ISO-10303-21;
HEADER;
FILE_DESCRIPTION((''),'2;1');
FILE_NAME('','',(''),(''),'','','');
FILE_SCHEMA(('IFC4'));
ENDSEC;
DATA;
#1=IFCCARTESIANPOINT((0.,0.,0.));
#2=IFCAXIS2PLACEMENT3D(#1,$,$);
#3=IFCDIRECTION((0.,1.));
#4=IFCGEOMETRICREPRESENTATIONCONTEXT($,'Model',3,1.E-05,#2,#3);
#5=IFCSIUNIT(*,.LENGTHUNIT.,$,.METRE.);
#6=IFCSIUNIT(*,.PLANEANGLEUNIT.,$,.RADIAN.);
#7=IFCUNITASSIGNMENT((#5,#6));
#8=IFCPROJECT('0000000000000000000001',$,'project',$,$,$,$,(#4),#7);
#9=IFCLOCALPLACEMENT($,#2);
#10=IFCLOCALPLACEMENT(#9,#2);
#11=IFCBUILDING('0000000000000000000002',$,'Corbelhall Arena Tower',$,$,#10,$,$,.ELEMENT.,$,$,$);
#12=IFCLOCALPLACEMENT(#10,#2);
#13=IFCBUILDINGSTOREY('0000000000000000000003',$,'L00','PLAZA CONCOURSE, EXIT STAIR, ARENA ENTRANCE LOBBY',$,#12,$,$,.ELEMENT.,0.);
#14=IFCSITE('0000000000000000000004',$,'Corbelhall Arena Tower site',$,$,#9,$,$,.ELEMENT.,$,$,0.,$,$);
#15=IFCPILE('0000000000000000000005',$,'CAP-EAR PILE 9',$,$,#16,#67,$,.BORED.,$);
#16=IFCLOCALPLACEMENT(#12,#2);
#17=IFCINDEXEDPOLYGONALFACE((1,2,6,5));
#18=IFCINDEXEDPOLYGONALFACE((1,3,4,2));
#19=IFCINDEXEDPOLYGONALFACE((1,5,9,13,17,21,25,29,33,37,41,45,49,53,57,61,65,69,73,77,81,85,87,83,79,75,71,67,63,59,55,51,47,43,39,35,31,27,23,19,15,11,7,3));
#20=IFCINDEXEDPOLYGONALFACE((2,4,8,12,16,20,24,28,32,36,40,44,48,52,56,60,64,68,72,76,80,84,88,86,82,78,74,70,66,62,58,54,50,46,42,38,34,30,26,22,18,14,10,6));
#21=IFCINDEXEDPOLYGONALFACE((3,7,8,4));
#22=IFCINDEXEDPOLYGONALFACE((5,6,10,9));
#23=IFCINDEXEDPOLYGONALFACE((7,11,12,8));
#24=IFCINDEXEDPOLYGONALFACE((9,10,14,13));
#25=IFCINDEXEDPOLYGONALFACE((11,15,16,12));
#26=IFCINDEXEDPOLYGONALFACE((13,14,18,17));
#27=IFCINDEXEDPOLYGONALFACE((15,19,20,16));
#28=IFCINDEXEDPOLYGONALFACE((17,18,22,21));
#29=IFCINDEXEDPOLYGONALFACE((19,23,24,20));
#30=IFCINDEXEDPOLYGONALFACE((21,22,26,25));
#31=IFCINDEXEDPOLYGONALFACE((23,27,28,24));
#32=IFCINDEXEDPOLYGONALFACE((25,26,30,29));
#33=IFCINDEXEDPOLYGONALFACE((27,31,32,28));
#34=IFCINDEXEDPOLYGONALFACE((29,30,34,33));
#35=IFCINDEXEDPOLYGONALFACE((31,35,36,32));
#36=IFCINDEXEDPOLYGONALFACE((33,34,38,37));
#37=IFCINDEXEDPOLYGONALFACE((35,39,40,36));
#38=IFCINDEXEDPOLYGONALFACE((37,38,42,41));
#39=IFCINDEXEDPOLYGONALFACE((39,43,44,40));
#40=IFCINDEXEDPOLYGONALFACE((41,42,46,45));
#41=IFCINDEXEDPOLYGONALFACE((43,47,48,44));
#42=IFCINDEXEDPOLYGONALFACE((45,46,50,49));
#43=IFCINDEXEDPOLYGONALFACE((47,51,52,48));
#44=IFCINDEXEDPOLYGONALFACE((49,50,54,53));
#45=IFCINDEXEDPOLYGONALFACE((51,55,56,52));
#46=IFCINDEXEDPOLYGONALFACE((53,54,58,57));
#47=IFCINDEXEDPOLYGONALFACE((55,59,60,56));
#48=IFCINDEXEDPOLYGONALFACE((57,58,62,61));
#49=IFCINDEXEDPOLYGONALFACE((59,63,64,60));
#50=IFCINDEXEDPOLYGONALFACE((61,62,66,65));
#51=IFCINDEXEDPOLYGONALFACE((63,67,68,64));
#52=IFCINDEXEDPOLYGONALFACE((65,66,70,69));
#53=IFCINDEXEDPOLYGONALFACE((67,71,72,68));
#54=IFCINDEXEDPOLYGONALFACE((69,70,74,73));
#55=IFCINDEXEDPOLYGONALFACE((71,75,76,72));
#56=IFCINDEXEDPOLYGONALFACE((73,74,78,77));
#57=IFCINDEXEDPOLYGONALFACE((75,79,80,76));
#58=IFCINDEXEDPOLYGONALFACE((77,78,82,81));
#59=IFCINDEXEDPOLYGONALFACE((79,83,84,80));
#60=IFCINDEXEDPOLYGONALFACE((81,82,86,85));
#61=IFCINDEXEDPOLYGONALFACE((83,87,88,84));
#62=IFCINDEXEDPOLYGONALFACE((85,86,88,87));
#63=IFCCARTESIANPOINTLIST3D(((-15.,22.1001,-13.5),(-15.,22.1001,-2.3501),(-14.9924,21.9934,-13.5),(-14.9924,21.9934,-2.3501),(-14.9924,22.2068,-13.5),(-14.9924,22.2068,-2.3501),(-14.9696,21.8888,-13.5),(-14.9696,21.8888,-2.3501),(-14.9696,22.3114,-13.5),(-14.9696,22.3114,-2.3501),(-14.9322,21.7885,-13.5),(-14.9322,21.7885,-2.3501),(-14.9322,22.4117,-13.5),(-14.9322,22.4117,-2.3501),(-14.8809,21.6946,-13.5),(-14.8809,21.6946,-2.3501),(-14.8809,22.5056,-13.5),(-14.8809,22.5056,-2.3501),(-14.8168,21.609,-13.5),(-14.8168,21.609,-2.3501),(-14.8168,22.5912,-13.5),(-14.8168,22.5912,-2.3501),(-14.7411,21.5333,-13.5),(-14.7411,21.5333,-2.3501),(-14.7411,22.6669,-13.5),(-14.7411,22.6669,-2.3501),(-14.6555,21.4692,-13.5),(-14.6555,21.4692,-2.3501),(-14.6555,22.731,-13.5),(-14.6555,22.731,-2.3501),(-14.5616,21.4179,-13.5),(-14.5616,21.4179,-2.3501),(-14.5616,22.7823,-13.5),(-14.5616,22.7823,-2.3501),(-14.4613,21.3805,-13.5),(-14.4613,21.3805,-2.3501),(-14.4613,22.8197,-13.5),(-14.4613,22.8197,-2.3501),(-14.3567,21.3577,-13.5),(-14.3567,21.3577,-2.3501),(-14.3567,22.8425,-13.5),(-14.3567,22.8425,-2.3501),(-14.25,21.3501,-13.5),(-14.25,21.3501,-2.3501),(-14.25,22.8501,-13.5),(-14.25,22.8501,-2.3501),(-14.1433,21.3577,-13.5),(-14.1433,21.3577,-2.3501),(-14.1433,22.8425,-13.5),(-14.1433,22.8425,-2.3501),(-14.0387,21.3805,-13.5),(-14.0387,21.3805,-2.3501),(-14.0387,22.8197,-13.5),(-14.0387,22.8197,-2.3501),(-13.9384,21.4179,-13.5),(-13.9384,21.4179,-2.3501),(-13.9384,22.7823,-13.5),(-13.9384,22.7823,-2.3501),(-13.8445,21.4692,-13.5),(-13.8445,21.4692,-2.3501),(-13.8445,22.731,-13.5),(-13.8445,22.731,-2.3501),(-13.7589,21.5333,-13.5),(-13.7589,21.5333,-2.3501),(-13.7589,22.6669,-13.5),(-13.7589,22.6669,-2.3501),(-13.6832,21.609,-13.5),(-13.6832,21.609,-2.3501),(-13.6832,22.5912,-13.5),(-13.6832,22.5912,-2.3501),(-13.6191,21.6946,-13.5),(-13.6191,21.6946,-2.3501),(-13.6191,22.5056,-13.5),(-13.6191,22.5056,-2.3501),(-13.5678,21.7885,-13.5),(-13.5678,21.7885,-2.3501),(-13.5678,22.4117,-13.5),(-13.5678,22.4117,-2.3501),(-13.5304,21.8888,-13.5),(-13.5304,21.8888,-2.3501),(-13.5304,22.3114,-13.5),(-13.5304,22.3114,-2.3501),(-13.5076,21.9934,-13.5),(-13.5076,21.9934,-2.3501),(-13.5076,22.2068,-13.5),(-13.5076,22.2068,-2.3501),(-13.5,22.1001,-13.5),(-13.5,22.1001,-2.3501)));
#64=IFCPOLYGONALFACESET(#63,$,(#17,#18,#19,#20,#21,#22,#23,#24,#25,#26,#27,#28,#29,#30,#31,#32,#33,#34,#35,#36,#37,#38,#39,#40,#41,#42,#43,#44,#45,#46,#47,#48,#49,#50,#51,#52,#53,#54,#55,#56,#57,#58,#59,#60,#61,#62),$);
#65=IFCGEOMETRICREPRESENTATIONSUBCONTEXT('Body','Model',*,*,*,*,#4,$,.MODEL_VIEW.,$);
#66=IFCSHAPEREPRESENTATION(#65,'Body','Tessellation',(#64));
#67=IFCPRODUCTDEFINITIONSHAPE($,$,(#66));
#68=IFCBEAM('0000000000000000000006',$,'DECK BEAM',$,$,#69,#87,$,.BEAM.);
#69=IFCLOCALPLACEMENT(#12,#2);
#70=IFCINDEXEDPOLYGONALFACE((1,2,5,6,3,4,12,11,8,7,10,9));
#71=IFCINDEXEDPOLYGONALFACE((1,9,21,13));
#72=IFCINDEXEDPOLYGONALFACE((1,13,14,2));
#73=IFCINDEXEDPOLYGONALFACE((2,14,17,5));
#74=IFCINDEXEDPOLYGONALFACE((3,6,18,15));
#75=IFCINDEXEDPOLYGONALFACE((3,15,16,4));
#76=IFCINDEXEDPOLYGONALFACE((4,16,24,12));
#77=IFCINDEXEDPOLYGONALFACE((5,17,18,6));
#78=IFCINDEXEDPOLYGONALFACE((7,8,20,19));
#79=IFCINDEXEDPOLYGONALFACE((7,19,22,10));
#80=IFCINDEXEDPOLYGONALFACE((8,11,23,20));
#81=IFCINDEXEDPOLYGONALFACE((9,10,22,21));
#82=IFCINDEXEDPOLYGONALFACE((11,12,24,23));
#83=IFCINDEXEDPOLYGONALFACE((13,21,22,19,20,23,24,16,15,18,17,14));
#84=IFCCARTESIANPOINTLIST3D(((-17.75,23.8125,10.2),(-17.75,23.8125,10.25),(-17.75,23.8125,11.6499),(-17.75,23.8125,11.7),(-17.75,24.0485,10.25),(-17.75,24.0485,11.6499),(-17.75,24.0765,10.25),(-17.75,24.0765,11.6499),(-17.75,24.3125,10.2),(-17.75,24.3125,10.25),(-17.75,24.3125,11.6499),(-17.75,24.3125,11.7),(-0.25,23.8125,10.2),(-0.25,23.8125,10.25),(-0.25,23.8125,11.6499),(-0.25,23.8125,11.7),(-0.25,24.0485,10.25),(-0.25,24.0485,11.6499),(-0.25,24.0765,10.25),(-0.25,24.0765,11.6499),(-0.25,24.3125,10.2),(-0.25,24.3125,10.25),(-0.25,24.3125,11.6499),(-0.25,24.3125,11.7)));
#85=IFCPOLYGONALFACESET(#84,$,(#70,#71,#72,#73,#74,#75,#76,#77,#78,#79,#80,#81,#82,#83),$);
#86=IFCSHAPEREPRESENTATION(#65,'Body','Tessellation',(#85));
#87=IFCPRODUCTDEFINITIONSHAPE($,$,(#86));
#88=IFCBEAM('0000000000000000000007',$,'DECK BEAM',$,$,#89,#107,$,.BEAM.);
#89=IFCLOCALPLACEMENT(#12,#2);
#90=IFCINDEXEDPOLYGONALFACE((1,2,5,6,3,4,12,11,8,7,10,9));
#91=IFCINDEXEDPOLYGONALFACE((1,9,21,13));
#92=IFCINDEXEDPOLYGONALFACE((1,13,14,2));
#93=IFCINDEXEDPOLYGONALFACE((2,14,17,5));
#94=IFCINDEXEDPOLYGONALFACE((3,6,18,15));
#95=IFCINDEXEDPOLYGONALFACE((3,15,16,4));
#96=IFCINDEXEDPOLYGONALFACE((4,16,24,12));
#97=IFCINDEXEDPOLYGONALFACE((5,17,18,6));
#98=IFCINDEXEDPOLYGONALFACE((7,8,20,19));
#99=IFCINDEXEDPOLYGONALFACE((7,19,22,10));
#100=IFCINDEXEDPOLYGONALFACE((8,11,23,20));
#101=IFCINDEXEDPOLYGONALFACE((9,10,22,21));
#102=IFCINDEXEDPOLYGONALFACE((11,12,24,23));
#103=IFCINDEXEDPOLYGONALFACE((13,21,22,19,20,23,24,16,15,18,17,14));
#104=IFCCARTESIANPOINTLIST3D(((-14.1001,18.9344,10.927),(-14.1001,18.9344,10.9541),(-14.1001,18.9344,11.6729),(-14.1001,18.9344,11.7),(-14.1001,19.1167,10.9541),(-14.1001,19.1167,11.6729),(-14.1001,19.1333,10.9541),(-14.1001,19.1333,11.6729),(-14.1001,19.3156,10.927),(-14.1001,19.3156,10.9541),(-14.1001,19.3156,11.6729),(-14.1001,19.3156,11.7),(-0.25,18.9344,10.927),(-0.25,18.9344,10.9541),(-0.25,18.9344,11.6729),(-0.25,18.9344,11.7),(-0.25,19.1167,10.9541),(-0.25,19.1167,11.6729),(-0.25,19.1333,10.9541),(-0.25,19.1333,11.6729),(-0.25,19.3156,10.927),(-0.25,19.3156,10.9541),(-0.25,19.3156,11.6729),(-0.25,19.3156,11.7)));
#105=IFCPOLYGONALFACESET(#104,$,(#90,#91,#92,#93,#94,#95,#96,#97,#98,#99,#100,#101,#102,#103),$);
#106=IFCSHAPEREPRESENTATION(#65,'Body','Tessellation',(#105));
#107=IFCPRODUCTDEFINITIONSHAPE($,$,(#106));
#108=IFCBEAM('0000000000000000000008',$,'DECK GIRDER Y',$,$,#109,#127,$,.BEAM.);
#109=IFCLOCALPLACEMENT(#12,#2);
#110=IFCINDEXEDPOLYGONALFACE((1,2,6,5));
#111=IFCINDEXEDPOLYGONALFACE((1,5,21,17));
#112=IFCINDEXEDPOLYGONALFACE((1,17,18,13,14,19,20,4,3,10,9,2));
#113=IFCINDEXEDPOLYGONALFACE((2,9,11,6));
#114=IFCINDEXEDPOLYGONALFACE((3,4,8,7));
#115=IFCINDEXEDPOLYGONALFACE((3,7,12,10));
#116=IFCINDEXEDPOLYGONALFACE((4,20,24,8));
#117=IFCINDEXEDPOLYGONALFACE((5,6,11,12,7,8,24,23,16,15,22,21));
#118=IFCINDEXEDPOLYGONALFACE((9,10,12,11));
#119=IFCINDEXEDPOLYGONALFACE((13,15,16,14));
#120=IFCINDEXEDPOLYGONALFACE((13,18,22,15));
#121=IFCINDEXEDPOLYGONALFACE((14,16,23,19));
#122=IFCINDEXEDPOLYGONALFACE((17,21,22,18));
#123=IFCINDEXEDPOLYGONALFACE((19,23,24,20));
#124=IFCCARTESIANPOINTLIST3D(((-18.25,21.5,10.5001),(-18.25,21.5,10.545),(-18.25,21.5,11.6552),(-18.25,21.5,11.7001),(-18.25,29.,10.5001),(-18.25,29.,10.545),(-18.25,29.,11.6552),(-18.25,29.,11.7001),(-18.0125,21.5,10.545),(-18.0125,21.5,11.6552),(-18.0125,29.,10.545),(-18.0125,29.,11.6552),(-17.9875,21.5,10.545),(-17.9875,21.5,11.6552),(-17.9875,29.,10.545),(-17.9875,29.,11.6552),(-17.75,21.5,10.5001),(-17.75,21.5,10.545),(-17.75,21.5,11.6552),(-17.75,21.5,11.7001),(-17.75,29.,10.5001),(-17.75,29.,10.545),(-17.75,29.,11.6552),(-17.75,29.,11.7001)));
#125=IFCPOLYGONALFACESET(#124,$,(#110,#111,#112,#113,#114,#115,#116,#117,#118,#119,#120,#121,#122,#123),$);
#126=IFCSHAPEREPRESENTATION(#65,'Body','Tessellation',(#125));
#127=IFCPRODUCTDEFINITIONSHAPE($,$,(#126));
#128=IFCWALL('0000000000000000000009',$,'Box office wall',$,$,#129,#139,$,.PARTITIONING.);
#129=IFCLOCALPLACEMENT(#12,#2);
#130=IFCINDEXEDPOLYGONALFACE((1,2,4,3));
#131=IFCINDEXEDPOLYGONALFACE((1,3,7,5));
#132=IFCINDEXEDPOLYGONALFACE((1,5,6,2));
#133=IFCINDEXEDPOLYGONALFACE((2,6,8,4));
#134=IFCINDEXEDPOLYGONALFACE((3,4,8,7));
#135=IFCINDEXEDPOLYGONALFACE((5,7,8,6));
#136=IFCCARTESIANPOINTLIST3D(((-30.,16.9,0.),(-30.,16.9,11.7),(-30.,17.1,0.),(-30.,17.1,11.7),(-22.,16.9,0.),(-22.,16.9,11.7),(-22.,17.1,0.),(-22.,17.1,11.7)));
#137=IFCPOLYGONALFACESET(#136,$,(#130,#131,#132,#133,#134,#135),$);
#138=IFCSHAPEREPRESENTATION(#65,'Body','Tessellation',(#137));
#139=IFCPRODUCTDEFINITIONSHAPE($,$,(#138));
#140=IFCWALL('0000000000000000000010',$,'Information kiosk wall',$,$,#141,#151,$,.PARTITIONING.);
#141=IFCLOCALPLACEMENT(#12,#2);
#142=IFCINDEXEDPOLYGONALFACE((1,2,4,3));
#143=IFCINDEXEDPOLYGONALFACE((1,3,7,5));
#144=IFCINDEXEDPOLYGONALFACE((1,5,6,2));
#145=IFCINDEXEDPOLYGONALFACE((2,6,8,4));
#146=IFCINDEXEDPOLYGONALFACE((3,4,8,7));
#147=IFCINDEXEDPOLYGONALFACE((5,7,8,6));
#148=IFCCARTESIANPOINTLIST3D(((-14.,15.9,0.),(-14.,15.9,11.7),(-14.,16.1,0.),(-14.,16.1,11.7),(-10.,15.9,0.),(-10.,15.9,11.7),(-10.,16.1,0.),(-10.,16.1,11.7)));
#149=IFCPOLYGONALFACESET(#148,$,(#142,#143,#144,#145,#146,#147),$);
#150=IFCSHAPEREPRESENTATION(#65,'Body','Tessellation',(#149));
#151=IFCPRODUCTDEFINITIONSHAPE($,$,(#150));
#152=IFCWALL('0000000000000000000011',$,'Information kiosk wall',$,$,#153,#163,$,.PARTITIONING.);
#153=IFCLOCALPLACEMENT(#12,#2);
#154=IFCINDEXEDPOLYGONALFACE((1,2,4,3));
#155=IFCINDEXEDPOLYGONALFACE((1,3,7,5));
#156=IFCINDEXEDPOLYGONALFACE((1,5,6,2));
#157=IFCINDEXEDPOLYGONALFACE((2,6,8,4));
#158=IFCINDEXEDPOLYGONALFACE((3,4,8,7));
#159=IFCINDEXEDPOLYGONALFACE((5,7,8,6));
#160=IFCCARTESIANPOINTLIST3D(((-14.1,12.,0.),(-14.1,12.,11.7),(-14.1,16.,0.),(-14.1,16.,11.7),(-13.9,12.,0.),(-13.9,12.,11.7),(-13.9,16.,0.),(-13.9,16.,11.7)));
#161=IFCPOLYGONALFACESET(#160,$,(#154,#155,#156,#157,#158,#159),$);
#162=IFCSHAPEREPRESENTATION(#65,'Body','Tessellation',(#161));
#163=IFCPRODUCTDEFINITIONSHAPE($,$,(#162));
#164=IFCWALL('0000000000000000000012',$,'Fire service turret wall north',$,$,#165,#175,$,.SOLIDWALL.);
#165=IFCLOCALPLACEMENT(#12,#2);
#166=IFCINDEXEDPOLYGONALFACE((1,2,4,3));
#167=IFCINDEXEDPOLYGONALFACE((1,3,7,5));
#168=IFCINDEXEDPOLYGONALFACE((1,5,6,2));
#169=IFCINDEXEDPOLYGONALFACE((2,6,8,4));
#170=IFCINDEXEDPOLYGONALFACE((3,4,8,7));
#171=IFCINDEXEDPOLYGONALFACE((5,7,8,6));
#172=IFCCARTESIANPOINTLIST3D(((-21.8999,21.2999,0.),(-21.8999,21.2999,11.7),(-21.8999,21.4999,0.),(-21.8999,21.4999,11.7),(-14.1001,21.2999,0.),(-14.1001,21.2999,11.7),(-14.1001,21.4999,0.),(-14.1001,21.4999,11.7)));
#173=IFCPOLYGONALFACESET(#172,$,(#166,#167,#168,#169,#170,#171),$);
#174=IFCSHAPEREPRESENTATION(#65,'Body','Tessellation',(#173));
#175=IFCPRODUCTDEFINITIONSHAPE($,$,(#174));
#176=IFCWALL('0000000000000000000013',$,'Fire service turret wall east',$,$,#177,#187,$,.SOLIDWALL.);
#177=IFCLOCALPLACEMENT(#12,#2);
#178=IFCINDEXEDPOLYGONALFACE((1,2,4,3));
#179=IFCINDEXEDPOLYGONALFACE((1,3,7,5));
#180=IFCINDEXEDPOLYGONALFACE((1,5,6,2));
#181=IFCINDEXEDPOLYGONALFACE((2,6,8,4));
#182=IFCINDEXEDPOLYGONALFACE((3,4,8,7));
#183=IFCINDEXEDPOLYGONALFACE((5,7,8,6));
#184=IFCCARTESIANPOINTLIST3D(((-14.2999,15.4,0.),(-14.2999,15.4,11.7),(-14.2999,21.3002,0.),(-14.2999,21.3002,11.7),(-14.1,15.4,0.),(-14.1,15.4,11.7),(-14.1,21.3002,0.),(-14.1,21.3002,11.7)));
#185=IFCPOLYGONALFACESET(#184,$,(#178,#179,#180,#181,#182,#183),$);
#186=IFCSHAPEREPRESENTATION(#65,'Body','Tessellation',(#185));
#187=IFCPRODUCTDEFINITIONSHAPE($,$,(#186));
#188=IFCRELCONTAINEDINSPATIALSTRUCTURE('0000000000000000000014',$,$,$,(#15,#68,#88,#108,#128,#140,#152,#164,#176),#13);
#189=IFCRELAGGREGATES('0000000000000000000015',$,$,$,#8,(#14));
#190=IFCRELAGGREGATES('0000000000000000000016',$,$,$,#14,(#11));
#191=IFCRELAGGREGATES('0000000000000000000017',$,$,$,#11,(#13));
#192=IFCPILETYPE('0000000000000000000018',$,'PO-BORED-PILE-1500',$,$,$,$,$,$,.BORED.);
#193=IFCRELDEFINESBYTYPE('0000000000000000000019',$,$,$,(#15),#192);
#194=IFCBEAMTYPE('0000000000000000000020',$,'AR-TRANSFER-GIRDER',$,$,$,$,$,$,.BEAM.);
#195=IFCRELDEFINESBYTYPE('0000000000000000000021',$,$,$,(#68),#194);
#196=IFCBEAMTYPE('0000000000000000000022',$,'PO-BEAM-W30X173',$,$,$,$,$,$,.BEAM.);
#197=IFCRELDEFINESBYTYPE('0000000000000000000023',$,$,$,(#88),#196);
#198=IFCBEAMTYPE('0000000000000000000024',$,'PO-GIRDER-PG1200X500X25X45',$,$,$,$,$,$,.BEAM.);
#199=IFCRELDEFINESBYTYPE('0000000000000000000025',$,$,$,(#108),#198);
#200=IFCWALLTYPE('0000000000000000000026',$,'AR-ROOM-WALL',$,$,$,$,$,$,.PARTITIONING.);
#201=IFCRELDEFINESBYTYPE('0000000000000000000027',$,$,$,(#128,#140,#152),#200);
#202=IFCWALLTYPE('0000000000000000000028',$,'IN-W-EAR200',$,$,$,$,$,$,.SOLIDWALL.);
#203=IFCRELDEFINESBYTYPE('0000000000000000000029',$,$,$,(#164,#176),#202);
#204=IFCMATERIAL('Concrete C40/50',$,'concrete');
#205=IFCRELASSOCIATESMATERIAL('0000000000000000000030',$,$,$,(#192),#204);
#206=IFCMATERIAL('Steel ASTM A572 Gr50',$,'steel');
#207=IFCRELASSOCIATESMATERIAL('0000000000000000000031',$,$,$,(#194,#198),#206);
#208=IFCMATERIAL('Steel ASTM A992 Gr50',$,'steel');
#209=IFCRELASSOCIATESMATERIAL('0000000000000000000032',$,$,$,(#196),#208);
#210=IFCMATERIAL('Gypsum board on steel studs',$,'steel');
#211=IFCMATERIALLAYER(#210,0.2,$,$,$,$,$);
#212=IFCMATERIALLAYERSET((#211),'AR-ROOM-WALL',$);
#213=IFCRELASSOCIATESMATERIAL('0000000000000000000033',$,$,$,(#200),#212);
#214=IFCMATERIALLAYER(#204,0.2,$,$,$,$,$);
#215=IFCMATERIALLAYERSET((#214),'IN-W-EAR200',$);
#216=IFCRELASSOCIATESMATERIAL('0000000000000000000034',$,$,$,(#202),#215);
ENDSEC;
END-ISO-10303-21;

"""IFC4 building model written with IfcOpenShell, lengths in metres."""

from ifc_helpers import new_model, si_unit, direction, frame, frame_2d, origin, origin_2d, place, context, subcontext, project, spatial, rectangle, circle, i_section, extrude, material, layer, layer_set, material_profile, profile_set, type_object, element, save


model = new_model("IFC4")

# Units and contexts
model_context = context("Model", 3, precision=1e-05, world=origin(), true_north=direction((0.0, 1.0)))
body_context = subcontext(model_context, "Body", "Model", "MODEL_VIEW")
ifc_project = project(units=[si_unit("LENGTHUNIT", "METRE"), si_unit("PLANEANGLEUNIT", "RADIAN")], contexts=[model_context])

# Site, building, storey
site_placement = place(None, origin())
site = spatial("IfcSite", under=ifc_project, at=site_placement, Name="Corbelhall Arena Tower site", CompositionType="ELEMENT", RefElevation=0.0)
building_placement = place(site_placement, origin())
building = spatial("IfcBuilding", under=site, at=building_placement, Name="Corbelhall Arena Tower", CompositionType="ELEMENT")
storey_placement = place(building_placement, origin())
storey = spatial("IfcBuildingStorey", under=building, at=storey_placement, Name="L00", Description="PLAZA CONCOURSE, EXIT STAIR, ARENA ENTRANCE LOBBY", CompositionType="ELEMENT", Elevation=0.0)

# Pile
ifc_material_1 = material(Name="Concrete C40/50", Category="concrete")
ifc_material_profile_1 = material_profile(ifc_material_1, circle(Radius=0.75, at=origin_2d()))
ifc_profile_set_1 = profile_set([ifc_material_profile_1], Name="Concrete C40/50")
pile_type_1 = type_object("IfcPileType", Name="PO-BORED-PILE-1500", PredefinedType="BORED", material=ifc_profile_set_1)
for number, where, z_axis, x_axis, name in (
    (1, (-14.25, 22.1001, -2.3501), (0.0, 0.0, -1.0), (1.0, 0.0, 0.0), "CAP-EAR PILE 9"),
):
    element("IfcPile", number, at=place(storey_placement, frame(where, z_axis=z_axis, x_axis=x_axis)), inside=storey, type_object=pile_type_1, Name=name, PredefinedType="BORED", context=body_context, shape_type="SweptSolid", body=[
        extrude(circle(Radius=0.75, at=origin_2d()), origin(), (0.0, 0.0, 1.0), 11.1499),
    ])

# Beams
ifc_material_2 = material(Name="Steel ASTM A572 Gr50", Category="steel")
ifc_material_profile_2 = material_profile(ifc_material_2, i_section(OverallWidth=0.5, OverallDepth=1.5, WebThickness=0.0281, FlangeThickness=0.05, at=origin_2d()))
ifc_profile_set_2 = profile_set([ifc_material_profile_2], Name="Steel ASTM A572 Gr50")
beam_type_1 = type_object("IfcBeamType", Name="AR-TRANSFER-GIRDER", PredefinedType="BEAM", material=ifc_profile_set_2)
beam_1_placement = place(storey_placement, frame((-17.75, 24.0625, 10.95), z_axis=(1.0, 0.0, 0.0), x_axis=(0.0, 1.0, 0.0)))
element("IfcBeam", 2, at=beam_1_placement, inside=storey, type_object=beam_type_1, Name="DECK BEAM", PredefinedType="BEAM", context=body_context, shape_type="SweptSolid", body=[
    extrude(i_section(OverallWidth=0.5, OverallDepth=1.5, WebThickness=0.0281, FlangeThickness=0.05, at=origin_2d()), origin(), (0.0, 0.0, 1.0), 17.5),
])
ifc_material_3 = material(Name="Steel ASTM A992 Gr50", Category="steel")
ifc_material_profile_3 = material_profile(ifc_material_3, i_section(OverallWidth=0.3811, OverallDepth=0.7729, WebThickness=0.0166, FlangeThickness=0.0271, at=origin_2d()))
ifc_profile_set_3 = profile_set([ifc_material_profile_3], Name="Steel ASTM A992 Gr50")
beam_type_2 = type_object("IfcBeamType", Name="PO-BEAM-W30X173", PredefinedType="BEAM", material=ifc_profile_set_3)
beam_2_placement = place(storey_placement, frame((-14.1001, 19.125, 11.3135), z_axis=(1.0, 0.0, 0.0), x_axis=(0.0, 1.0, 0.0)))
element("IfcBeam", 3, at=beam_2_placement, inside=storey, type_object=beam_type_2, Name="DECK BEAM", PredefinedType="BEAM", context=body_context, shape_type="SweptSolid", body=[
    extrude(i_section(OverallWidth=0.3811, OverallDepth=0.7729, WebThickness=0.0166, FlangeThickness=0.0271, at=origin_2d()), origin(), (0.0, 0.0, 1.0), 13.8501),
])
ifc_material_profile_4 = material_profile(ifc_material_2, i_section(OverallWidth=0.5, OverallDepth=1.2, WebThickness=0.0249, FlangeThickness=0.0449, at=origin_2d()))
ifc_profile_set_4 = profile_set([ifc_material_profile_4], Name="Steel ASTM A572 Gr50")
beam_type_3 = type_object("IfcBeamType", Name="PO-GIRDER-PG1200X500X25X45", PredefinedType="BEAM", material=ifc_profile_set_4)
beam_3_placement = place(storey_placement, frame((-18.0, 21.5, 11.1001), z_axis=(0.0, 1.0, 0.0), x_axis=(-1.0, 0.0, 0.0)))
element("IfcBeam", 4, at=beam_3_placement, inside=storey, type_object=beam_type_3, Name="DECK GIRDER Y", PredefinedType="BEAM", context=body_context, shape_type="SweptSolid", body=[
    extrude(i_section(OverallWidth=0.5, OverallDepth=1.2, WebThickness=0.0249, FlangeThickness=0.0449, at=origin_2d()), origin(), (0.0, 0.0, 1.0), 7.5),
])

# Walls
ifc_material_4 = material(Name="Gypsum board on steel studs", Category="steel")
ifc_layer_1 = layer(ifc_material_4, 0.2)
ifc_layer_set_1 = layer_set([ifc_layer_1], Name="AR-ROOM-WALL")
wall_type_1 = type_object("IfcWallType", Name="AR-ROOM-WALL", PredefinedType="PARTITIONING", material=ifc_layer_set_1)
wall_1_placement = place(storey_placement, frame((-22.0, 17.0, 0.0), z_axis=(0.0, 0.0, 1.0), x_axis=(-1.0, 0.0, 0.0)))
element("IfcWall", 5, at=wall_1_placement, inside=storey, type_object=wall_type_1, Name="Box office wall", PredefinedType="PARTITIONING", context=body_context, shape_type="SweptSolid", body=[
    extrude(rectangle(XDim=8.0, YDim=0.2, at=frame_2d((4.0, 0.0))), origin(), (0.0, 0.0, 1.0), 11.7),
])
for number, where, z_axis, x_axis, name in (
    (6, (-10.0, 16.0, 0.0), (0.0, 0.0, 1.0), (-1.0, 0.0, 0.0), "Information kiosk wall"),
    (7, (-14.0, 16.0, 0.0), (0.0, 0.0, 1.0), (0.0, -1.0, 0.0), "Information kiosk wall"),
):
    element("IfcWall", number, at=place(storey_placement, frame(where, z_axis=z_axis, x_axis=x_axis)), inside=storey, type_object=wall_type_1, Name=name, PredefinedType="PARTITIONING", context=body_context, shape_type="SweptSolid", body=[
        extrude(rectangle(XDim=4.0, YDim=0.2, at=frame_2d((2.0, 0.0))), origin(), (0.0, 0.0, 1.0), 11.7),
    ])

# Walls
ifc_layer_2 = layer(ifc_material_1, 0.2)
ifc_layer_set_2 = layer_set([ifc_layer_2], Name="IN-W-EAR200")
wall_type_2 = type_object("IfcWallType", Name="IN-W-EAR200", PredefinedType="SOLIDWALL", material=ifc_layer_set_2)
wall_2_placement = place(storey_placement, frame((-21.8999, 21.3999, 0.0), z_axis=(0.0, 0.0, 1.0), x_axis=(1.0, 0.0, 0.0)))
element("IfcWall", 8, at=wall_2_placement, inside=storey, type_object=wall_type_2, Name="Fire service turret wall north", PredefinedType="SOLIDWALL", context=body_context, shape_type="SweptSolid", body=[
    extrude(rectangle(XDim=7.7998, YDim=0.2, at=frame_2d((3.8999, 0.0))), origin(), (0.0, 0.0, 1.0), 11.7),
])
wall_3_placement = place(storey_placement, frame((-14.2, 15.3999, 0.0), z_axis=(0.0, 0.0, 1.0), x_axis=(0.0, 1.0, 0.0)))
element("IfcWall", 9, at=wall_3_placement, inside=storey, type_object=wall_type_2, Name="Fire service turret wall east", PredefinedType="SOLIDWALL", context=body_context, shape_type="SweptSolid", body=[
    extrude(rectangle(XDim=5.9001, YDim=0.2, at=frame_2d((2.9502, 0.0))), origin(), (0.0, 0.0, 1.0), 11.7),
])

save(model, "model.ifc")
